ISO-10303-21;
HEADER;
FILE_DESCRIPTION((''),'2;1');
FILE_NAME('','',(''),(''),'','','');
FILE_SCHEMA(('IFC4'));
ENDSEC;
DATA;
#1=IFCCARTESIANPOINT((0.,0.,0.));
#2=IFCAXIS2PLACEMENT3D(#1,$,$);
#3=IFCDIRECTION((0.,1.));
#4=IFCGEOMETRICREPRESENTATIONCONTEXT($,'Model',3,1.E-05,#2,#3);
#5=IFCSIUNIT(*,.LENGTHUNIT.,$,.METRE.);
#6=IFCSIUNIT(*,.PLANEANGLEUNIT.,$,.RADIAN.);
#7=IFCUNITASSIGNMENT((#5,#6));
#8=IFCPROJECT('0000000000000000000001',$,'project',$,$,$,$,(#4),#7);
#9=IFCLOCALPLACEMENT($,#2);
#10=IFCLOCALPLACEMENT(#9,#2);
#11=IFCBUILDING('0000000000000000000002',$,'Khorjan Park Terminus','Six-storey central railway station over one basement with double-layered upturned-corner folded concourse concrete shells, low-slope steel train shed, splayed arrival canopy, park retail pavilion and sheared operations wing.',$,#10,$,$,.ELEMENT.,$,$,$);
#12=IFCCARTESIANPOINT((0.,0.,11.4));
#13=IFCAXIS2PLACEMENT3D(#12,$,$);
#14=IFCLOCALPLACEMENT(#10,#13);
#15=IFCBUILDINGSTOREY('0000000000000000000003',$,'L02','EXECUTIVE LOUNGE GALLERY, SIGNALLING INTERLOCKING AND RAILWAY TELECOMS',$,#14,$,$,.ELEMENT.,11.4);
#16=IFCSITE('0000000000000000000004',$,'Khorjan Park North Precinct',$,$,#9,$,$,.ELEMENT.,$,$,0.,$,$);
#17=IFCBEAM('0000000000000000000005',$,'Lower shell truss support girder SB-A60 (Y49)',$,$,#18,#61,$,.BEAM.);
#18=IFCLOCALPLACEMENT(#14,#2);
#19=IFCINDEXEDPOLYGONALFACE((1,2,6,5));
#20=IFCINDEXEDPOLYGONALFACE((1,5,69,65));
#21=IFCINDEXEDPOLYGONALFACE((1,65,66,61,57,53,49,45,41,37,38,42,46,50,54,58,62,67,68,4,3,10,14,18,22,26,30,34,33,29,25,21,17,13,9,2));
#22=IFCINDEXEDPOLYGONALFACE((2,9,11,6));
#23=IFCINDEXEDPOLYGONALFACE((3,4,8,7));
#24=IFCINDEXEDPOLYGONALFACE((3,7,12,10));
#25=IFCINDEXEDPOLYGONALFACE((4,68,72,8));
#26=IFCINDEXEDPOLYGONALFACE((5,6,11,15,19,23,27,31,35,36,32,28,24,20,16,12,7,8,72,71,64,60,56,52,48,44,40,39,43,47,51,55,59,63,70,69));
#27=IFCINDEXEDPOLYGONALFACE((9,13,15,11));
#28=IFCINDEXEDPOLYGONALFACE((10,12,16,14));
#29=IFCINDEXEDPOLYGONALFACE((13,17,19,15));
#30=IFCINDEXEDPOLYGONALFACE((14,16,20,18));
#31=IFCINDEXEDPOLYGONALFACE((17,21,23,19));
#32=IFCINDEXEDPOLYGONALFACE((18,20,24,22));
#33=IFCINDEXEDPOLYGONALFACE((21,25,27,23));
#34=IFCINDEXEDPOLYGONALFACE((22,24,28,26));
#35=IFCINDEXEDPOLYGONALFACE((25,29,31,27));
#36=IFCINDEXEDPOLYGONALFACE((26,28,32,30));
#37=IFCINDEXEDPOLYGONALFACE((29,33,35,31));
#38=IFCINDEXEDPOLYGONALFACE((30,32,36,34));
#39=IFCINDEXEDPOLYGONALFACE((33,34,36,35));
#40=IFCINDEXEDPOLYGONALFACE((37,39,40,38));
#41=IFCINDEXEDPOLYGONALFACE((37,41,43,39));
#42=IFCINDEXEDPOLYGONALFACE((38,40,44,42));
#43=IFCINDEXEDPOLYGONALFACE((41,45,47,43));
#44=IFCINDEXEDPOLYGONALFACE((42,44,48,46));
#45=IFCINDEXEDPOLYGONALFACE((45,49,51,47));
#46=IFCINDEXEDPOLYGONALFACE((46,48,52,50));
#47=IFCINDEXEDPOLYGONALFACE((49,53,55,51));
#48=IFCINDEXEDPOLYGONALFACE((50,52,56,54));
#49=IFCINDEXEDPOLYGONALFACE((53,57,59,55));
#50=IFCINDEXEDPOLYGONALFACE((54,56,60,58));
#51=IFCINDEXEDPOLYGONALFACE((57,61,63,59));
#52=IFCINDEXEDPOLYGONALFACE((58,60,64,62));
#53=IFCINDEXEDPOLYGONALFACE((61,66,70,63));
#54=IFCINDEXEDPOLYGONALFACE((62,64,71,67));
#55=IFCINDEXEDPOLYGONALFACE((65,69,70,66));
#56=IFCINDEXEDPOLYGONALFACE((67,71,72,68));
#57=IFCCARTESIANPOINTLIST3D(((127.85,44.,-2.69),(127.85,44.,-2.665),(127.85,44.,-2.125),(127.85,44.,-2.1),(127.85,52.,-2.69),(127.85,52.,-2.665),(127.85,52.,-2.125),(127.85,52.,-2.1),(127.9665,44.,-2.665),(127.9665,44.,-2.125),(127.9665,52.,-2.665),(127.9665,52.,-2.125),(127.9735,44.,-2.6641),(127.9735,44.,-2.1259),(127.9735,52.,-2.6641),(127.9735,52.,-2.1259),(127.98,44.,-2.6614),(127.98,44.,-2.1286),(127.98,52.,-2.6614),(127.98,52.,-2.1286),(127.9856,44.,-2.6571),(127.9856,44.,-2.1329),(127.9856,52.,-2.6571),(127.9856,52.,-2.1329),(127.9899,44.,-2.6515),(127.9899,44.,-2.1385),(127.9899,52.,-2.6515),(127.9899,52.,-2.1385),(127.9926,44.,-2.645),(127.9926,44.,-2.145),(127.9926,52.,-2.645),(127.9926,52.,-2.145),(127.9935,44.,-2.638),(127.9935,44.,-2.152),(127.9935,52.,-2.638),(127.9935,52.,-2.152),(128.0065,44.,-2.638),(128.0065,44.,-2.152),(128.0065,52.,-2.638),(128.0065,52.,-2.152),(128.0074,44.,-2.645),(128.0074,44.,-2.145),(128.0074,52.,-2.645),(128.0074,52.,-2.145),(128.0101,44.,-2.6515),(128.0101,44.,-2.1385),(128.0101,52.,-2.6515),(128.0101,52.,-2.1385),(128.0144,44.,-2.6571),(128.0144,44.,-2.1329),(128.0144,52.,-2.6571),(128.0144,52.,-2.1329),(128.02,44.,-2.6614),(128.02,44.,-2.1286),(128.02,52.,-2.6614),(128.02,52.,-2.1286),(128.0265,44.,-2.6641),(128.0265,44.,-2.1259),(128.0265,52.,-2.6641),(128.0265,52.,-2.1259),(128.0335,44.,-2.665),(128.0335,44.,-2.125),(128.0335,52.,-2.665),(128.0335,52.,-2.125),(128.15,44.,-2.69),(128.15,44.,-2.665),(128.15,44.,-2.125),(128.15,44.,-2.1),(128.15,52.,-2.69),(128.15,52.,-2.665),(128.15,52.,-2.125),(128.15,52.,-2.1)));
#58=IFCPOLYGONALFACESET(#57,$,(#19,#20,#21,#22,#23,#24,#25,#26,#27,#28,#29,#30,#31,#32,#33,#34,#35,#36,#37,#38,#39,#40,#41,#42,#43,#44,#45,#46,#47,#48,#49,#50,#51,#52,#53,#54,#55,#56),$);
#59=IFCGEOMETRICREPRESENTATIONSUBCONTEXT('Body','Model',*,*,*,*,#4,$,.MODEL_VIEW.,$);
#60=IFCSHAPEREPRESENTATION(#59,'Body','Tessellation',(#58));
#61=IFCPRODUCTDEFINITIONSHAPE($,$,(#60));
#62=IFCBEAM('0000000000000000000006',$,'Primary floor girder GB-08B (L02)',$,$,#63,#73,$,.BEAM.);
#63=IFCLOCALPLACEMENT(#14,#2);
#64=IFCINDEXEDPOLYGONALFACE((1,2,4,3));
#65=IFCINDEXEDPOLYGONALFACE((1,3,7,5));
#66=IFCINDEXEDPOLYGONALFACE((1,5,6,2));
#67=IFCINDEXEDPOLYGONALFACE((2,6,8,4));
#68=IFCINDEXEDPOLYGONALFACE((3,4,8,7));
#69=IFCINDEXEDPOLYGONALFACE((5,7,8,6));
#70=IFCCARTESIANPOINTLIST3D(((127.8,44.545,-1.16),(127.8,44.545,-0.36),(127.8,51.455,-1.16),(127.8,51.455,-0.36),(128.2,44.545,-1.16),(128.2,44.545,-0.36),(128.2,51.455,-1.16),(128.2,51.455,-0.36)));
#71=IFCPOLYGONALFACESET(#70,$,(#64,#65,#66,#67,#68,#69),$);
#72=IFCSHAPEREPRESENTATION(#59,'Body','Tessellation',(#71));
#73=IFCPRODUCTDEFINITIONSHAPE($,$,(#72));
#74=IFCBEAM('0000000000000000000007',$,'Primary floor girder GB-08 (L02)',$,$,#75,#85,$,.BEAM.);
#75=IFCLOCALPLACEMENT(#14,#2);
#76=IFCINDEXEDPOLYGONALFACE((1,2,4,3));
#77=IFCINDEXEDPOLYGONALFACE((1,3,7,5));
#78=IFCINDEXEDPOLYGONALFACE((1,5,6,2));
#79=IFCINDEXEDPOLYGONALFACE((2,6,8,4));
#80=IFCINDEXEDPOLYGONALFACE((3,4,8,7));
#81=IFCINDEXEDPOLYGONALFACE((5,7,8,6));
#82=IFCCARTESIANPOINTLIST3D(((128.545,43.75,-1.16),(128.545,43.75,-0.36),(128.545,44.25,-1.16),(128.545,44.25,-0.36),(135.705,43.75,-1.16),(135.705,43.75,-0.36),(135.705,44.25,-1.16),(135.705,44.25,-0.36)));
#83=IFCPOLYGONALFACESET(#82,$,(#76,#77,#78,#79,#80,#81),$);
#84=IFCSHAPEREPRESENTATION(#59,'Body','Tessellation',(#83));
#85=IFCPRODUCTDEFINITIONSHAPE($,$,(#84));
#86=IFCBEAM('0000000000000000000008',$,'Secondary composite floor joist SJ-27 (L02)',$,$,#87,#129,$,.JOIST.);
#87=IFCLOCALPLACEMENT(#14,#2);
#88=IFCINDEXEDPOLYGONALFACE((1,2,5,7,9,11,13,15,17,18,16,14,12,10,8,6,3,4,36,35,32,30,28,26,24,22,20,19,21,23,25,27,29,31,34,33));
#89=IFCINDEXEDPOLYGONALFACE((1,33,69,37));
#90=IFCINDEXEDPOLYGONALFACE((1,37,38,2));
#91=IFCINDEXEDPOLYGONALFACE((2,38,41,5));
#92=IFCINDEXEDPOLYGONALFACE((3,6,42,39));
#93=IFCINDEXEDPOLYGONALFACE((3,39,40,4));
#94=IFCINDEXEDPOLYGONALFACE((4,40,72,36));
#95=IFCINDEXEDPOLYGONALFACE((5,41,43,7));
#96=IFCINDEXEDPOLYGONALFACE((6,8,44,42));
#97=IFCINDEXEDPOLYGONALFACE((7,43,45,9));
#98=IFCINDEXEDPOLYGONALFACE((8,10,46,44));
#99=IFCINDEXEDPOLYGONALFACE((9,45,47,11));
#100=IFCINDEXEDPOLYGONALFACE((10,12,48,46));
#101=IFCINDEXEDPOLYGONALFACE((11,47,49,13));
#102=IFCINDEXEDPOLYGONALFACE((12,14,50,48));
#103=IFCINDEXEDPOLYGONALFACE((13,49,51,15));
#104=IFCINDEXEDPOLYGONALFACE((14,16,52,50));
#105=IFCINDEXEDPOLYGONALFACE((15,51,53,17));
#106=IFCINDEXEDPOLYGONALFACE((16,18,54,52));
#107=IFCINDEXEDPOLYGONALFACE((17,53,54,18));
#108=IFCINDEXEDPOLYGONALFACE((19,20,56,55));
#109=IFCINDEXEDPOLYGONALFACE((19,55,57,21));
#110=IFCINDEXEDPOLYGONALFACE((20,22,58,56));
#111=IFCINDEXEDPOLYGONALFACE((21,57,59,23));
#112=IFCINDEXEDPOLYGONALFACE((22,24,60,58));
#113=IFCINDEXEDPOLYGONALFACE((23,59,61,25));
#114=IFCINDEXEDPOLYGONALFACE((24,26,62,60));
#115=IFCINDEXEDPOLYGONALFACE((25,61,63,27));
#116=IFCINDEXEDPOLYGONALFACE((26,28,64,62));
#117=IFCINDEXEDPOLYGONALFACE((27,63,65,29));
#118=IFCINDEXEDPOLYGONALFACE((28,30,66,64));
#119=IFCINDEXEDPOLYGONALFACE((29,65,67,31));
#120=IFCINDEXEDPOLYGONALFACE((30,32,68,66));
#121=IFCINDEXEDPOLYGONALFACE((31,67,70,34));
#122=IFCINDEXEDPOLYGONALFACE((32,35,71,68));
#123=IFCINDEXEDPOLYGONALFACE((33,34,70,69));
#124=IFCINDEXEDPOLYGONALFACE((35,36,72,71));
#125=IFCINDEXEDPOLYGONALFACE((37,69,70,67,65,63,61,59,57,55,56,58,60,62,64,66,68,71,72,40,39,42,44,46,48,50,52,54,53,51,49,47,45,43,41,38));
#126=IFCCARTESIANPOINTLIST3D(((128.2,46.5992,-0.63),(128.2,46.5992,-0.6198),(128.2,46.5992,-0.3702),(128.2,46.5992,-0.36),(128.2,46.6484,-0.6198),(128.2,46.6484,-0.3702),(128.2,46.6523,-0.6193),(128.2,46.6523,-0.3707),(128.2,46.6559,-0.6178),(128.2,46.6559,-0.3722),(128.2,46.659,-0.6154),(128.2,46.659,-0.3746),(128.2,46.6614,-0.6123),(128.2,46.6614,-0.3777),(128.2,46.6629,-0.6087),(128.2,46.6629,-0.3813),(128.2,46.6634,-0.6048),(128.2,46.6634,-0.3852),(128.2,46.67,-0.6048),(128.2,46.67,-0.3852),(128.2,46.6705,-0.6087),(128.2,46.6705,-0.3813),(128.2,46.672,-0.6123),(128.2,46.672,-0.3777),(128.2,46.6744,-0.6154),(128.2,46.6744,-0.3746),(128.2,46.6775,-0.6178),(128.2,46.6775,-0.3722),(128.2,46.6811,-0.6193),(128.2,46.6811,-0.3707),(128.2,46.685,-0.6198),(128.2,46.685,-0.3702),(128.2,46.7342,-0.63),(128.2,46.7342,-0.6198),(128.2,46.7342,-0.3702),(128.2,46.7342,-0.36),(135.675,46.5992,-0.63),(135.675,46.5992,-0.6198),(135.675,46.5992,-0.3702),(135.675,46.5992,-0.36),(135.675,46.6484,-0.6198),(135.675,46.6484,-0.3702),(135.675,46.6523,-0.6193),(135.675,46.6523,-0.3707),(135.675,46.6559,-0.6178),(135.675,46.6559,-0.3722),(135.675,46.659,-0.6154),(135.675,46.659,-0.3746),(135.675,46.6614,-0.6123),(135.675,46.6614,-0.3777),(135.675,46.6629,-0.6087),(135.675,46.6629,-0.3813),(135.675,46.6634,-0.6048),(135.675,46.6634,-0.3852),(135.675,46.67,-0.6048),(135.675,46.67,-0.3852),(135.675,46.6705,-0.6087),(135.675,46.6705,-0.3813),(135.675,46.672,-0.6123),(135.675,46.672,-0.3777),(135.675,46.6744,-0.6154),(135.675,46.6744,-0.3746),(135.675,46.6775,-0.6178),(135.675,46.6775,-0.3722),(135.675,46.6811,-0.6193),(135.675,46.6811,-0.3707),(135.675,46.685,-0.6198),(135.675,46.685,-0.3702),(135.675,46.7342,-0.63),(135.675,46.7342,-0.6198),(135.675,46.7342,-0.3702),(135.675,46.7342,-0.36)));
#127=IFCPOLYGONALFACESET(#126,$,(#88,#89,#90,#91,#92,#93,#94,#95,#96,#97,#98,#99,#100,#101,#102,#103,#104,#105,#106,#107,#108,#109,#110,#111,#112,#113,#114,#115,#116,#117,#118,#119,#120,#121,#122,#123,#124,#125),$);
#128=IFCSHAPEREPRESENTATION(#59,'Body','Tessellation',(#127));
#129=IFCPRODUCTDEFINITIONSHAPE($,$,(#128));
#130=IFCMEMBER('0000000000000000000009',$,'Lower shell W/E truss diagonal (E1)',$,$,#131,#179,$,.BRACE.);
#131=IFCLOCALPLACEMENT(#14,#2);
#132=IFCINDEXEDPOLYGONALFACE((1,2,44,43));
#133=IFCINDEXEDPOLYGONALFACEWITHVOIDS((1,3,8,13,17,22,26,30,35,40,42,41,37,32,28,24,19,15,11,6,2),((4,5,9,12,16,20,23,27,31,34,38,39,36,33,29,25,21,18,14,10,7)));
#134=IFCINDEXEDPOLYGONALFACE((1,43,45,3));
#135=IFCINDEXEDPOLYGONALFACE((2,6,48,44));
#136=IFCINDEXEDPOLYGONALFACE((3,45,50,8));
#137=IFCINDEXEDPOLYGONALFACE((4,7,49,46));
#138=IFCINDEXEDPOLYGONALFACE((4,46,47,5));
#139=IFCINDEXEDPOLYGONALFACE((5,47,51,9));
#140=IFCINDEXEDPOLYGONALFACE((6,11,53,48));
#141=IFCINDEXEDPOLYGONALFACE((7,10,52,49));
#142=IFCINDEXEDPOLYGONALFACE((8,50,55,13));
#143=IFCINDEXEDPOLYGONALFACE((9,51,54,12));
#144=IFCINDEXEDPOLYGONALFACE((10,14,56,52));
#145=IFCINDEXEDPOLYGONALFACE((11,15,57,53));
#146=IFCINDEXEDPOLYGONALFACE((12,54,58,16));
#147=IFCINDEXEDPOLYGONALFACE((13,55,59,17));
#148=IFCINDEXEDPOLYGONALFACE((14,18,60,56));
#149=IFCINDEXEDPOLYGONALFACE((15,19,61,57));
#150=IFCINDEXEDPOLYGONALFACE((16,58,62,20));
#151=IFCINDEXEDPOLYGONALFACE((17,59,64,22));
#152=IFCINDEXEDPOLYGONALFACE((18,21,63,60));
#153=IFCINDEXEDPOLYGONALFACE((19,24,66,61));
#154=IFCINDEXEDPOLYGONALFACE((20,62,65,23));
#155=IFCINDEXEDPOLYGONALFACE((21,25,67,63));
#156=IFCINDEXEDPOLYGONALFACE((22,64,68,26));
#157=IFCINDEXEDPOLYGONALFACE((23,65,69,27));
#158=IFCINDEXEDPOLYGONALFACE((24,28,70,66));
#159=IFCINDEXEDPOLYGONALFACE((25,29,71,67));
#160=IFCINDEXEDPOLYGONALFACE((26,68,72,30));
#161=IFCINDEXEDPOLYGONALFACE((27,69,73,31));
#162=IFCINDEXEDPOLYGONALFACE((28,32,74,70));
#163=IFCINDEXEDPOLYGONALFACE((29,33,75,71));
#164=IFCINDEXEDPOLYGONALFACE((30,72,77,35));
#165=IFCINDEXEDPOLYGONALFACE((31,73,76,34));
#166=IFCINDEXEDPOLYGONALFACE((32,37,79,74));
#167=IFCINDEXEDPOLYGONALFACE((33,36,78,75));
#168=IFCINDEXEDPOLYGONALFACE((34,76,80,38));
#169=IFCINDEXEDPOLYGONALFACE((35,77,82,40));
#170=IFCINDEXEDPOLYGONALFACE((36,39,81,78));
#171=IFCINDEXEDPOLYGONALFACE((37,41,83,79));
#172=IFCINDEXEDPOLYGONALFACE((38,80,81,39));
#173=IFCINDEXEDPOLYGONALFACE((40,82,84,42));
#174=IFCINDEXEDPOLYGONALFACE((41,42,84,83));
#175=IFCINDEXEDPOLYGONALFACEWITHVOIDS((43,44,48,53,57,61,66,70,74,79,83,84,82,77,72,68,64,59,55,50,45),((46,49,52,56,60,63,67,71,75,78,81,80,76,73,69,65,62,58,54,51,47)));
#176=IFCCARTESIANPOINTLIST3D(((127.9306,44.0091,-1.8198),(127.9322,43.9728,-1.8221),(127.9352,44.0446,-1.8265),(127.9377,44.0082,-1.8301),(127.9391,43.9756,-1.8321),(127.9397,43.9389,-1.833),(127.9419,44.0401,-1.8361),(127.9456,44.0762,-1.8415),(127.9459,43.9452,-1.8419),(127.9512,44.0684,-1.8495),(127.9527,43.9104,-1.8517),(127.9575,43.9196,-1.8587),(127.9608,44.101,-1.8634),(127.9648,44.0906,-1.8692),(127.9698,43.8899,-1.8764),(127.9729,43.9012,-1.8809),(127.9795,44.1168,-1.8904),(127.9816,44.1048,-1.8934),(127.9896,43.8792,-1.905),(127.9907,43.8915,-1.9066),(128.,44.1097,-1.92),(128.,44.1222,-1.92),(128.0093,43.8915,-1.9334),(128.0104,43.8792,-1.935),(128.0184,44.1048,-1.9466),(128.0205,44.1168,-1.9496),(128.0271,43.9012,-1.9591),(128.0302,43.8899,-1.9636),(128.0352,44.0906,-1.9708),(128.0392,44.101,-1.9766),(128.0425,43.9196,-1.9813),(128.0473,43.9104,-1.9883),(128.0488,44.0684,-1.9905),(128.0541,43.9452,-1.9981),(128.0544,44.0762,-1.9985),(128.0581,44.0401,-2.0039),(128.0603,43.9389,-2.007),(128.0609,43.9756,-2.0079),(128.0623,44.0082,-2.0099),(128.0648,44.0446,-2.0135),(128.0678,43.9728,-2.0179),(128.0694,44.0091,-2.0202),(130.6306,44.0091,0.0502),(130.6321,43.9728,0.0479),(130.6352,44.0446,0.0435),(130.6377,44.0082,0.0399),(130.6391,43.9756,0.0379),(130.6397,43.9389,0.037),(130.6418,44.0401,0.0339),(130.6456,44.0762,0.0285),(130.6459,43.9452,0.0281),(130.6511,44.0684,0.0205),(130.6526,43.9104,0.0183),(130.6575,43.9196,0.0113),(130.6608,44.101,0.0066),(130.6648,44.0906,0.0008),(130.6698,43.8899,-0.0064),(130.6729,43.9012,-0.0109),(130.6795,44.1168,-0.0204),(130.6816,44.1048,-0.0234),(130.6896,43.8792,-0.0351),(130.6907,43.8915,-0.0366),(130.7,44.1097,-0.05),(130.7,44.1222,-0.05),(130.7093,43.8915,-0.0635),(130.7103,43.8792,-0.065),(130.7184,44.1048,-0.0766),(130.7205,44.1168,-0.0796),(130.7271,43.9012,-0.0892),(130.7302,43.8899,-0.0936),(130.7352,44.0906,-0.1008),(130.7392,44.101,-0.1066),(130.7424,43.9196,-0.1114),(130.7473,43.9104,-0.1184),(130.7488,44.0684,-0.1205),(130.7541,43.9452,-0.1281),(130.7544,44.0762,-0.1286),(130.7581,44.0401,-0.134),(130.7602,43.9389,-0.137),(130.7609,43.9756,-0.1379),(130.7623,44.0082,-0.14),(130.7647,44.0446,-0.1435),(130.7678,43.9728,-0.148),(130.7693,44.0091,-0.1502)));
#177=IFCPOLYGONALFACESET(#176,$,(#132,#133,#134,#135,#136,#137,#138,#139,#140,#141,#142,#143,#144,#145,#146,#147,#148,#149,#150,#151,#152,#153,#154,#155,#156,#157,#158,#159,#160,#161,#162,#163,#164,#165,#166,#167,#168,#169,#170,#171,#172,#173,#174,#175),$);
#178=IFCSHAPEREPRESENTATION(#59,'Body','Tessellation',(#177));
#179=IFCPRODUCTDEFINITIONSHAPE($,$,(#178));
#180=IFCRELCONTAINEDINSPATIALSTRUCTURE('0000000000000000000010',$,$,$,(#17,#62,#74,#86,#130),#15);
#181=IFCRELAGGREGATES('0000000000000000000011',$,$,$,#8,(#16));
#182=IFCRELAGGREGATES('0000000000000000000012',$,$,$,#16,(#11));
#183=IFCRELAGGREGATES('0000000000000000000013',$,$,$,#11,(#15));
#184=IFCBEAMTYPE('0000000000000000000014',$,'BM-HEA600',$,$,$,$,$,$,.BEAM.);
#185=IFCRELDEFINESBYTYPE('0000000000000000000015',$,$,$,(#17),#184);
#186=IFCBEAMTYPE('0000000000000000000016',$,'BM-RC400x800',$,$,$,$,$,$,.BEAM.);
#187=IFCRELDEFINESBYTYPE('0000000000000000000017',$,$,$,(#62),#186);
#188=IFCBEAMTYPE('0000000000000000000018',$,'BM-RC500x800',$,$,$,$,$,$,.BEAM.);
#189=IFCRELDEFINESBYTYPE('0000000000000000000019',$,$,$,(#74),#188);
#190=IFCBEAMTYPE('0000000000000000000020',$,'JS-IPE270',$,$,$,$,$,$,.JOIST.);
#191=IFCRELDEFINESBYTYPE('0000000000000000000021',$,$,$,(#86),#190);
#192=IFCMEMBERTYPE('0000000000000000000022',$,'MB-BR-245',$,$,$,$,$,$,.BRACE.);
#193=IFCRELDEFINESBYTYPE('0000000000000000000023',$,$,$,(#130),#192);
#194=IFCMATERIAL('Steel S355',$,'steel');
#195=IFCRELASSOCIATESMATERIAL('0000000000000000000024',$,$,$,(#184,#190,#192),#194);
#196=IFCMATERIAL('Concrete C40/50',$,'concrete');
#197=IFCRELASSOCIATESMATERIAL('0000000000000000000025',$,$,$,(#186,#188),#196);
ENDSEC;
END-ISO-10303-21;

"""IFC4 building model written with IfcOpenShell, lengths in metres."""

from ifc_helpers import new_model, si_unit, direction, frame, origin, origin_2d, place, context, subcontext, project, spatial, rectangle, hollow_circle, i_section, extrude, material, material_profile, profile_set, type_object, element, save


model = new_model("IFC4")

# Units and contexts
model_context = context("Model", 3, precision=1e-05, world=origin(), true_north=direction((0.0, 1.0)))
body_context = subcontext(model_context, "Body", "Model", "MODEL_VIEW")
ifc_project = project(units=[si_unit("LENGTHUNIT", "METRE"), si_unit("PLANEANGLEUNIT", "RADIAN")], contexts=[model_context])

# Site, building, storey
site_placement = place(None, origin())
site = spatial("IfcSite", under=ifc_project, at=site_placement, Name="Khorjan Park North Precinct", CompositionType="ELEMENT", RefElevation=0.0)
building_placement = place(site_placement, origin())
building = spatial("IfcBuilding", under=site, at=building_placement, Name="Khorjan Park Terminus", Description="Six-storey central railway station over one basement with double-layered upturned-corner folded concourse concrete shells, low-slope steel train shed, splayed arrival canopy, park retail pavilion and sheared operations wing.", CompositionType="ELEMENT")
storey_placement = place(building_placement, frame((0.0, 0.0, 11.4)))
storey = spatial("IfcBuildingStorey", under=building, at=storey_placement, Name="L02", Description="EXECUTIVE LOUNGE GALLERY, SIGNALLING INTERLOCKING AND RAILWAY TELECOMS", CompositionType="ELEMENT", Elevation=11.4)

# Beams
ifc_material_1 = material(Name="Steel S355", Category="steel")
ifc_material_profile_1 = material_profile(ifc_material_1, i_section(OverallWidth=0.3, OverallDepth=0.59, WebThickness=0.013, FlangeThickness=0.025, FilletRadius=0.027, at=origin_2d()), Name="HEA 600")
ifc_profile_set_1 = profile_set([ifc_material_profile_1], Name="Steel S355")
beam_type_1 = type_object("IfcBeamType", Name="BM-HEA600", PredefinedType="BEAM", material=ifc_profile_set_1)
beam_1_placement = place(storey_placement, frame((128.0, 44.0, -2.395), z_axis=(0.0, 1.0, 0.0), x_axis=(-1.0, 0.0, 0.0)))
element("IfcBeam", 1, at=beam_1_placement, inside=storey, type_object=beam_type_1, Name="Lower shell truss support girder SB-A60 (Y49)", PredefinedType="BEAM", context=body_context, shape_type="SweptSolid", body=[
    extrude(i_section(OverallWidth=0.3, OverallDepth=0.59, WebThickness=0.013, FlangeThickness=0.025, FilletRadius=0.027, at=origin_2d()), origin(), (0.0, 0.0, 1.0), 8.0),
])
ifc_material_2 = material(Name="Concrete C40/50", Category="concrete")
ifc_material_profile_2 = material_profile(ifc_material_2, rectangle(XDim=0.4, YDim=0.8, at=origin_2d()), Name="RC 400x800")
ifc_profile_set_2 = profile_set([ifc_material_profile_2], Name="Concrete C40/50")
beam_type_2 = type_object("IfcBeamType", Name="BM-RC400x800", PredefinedType="BEAM", material=ifc_profile_set_2)
beam_2_placement = place(storey_placement, frame((128.0, 44.545, -0.76), z_axis=(0.0, 1.0, 0.0), x_axis=(-1.0, 0.0, 0.0)))
element("IfcBeam", 2, at=beam_2_placement, inside=storey, type_object=beam_type_2, Name="Primary floor girder GB-08B (L02)", PredefinedType="BEAM", context=body_context, shape_type="SweptSolid", body=[
    extrude(rectangle(XDim=0.4, YDim=0.8, at=origin_2d()), origin(), (0.0, 0.0, 1.0), 6.91),
])
ifc_material_profile_3 = material_profile(ifc_material_2, rectangle(XDim=0.5, YDim=0.8, at=origin_2d()), Name="RC 500x800")
ifc_profile_set_3 = profile_set([ifc_material_profile_3], Name="Concrete C40/50")
beam_type_3 = type_object("IfcBeamType", Name="BM-RC500x800", PredefinedType="BEAM", material=ifc_profile_set_3)
beam_3_placement = place(storey_placement, frame((128.545, 44.0, -0.76), z_axis=(1.0, 0.0, 0.0), x_axis=(0.0, 1.0, 0.0)))
element("IfcBeam", 3, at=beam_3_placement, inside=storey, type_object=beam_type_3, Name="Primary floor girder GB-08 (L02)", PredefinedType="BEAM", context=body_context, shape_type="SweptSolid", body=[
    extrude(rectangle(XDim=0.5, YDim=0.8, at=origin_2d()), origin(), (0.0, 0.0, 1.0), 7.16),
])
ifc_material_profile_4 = material_profile(ifc_material_1, i_section(OverallWidth=0.135, OverallDepth=0.27, WebThickness=0.0066, FlangeThickness=0.0102, FilletRadius=0.015, at=origin_2d()), Name="IPE 270")
ifc_profile_set_4 = profile_set([ifc_material_profile_4], Name="Steel S355")
beam_type_4 = type_object("IfcBeamType", Name="JS-IPE270", PredefinedType="JOIST", material=ifc_profile_set_4)
beam_4_placement = place(storey_placement, frame((128.2, 46.6667, -0.495), z_axis=(1.0, 0.0, 0.0), x_axis=(0.0, 1.0, 0.0)))
element("IfcBeam", 4, at=beam_4_placement, inside=storey, type_object=beam_type_4, Name="Secondary composite floor joist SJ-27 (L02)", PredefinedType="JOIST", context=body_context, shape_type="SweptSolid", body=[
    extrude(i_section(OverallWidth=0.135, OverallDepth=0.27, WebThickness=0.0066, FlangeThickness=0.0102, FilletRadius=0.015, at=origin_2d()), origin(), (0.0, 0.0, 1.0), 7.475),
])

# Member
ifc_material_profile_5 = material_profile(ifc_material_1, hollow_circle(Radius=0.1222, WallThickness=0.0125, at=origin_2d()), Name="CHS 244.5x12.5")
ifc_profile_set_5 = profile_set([ifc_material_profile_5], Name="Steel S355")
member_type_1 = type_object("IfcMemberType", Name="MB-BR-245", PredefinedType="BRACE", material=ifc_profile_set_5)
member_1_placement = place(storey_placement, frame((128.0, 44.0, -1.92), z_axis=(0.822083, 0.0, 0.569368), x_axis=(0.0, 1.0, 0.0)))
element("IfcMember", 5, at=member_1_placement, inside=storey, type_object=member_type_1, Name="Lower shell W/E truss diagonal (E1)", PredefinedType="BRACE", context=body_context, shape_type="SweptSolid", body=[
    extrude(hollow_circle(Radius=0.1222, WallThickness=0.0125, at=origin_2d()), origin(), (0.0, 0.0, 1.0), 3.2843),
])

save(model, "model.ifc")
